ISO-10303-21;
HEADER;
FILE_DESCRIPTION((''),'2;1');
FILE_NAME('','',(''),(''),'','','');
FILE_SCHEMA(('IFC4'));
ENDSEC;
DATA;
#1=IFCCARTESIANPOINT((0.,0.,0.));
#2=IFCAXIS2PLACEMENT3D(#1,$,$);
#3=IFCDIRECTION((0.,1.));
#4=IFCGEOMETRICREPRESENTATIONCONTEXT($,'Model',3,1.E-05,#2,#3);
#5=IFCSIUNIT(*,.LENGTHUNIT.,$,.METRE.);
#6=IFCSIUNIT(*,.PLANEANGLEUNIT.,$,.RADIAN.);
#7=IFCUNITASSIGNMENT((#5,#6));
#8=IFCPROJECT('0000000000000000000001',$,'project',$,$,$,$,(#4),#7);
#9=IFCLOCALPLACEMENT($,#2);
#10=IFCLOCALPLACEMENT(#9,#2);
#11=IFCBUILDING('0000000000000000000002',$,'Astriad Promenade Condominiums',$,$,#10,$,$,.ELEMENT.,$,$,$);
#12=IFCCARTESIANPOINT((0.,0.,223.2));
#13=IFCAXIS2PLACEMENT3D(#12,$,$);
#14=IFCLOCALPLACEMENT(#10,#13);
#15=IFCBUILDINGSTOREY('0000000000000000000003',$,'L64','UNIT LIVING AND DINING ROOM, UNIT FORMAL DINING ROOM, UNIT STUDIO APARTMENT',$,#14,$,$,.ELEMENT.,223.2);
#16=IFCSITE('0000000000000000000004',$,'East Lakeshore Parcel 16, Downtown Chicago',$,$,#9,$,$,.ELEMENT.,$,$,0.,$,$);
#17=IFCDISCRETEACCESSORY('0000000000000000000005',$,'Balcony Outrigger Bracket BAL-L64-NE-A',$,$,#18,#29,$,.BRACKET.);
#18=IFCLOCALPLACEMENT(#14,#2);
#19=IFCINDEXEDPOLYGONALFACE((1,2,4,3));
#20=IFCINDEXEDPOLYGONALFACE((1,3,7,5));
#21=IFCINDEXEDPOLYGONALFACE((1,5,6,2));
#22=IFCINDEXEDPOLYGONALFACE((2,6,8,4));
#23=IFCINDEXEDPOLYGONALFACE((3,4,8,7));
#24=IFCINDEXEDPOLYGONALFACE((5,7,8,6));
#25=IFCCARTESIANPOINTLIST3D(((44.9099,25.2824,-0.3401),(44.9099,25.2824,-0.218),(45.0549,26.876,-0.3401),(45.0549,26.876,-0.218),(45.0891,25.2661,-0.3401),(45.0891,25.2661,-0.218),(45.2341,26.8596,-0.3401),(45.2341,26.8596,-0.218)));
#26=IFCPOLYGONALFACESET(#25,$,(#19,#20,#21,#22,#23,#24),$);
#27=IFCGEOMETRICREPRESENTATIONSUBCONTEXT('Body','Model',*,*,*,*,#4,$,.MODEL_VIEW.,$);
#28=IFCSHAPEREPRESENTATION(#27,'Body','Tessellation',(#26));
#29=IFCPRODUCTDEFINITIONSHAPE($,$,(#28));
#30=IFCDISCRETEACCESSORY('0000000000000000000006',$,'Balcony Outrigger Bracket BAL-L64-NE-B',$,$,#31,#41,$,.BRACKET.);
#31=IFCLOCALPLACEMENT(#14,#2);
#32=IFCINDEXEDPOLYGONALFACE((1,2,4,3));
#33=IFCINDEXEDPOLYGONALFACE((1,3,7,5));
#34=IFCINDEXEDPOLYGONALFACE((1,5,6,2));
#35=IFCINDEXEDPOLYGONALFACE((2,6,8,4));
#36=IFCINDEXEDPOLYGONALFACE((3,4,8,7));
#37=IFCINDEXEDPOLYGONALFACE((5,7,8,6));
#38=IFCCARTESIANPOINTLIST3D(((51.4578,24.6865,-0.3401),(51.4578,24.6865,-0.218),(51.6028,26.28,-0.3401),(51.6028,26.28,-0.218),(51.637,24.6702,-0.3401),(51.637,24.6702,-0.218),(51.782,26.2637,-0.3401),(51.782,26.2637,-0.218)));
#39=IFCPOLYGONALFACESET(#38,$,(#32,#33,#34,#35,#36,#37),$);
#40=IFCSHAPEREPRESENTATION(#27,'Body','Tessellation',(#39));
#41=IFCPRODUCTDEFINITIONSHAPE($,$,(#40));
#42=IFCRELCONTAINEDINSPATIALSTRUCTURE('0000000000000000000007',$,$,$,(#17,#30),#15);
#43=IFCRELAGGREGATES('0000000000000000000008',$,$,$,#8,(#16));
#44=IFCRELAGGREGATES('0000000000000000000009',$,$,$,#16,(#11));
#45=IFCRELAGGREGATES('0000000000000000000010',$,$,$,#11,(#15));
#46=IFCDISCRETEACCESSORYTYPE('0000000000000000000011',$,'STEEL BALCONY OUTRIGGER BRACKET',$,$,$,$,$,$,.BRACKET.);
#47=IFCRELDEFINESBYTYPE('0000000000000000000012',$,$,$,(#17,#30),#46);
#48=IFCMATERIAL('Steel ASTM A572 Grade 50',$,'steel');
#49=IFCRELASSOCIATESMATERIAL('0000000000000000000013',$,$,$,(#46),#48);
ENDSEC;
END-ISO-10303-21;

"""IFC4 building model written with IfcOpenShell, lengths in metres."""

from ifc_helpers import new_model, si_unit, direction, frame, origin, origin_2d, place, context, subcontext, project, spatial, rectangle, extrude, source, transform, mapped, material, type_object, type_shapes, element, save


model = new_model("IFC4")

# Units and contexts
model_context = context("Model", 3, precision=1e-05, world=origin(), true_north=direction((0.0, 1.0)))
body_context = subcontext(model_context, "Body", "Model", "MODEL_VIEW")
ifc_project = project(units=[si_unit("LENGTHUNIT", "METRE"), si_unit("PLANEANGLEUNIT", "RADIAN")], contexts=[model_context])

# Site, building, storey
site_placement = place(None, origin())
site = spatial("IfcSite", under=ifc_project, at=site_placement, Name="East Lakeshore Parcel 16, Downtown Chicago", CompositionType="ELEMENT", RefElevation=0.0)
building_placement = place(site_placement, origin())
building = spatial("IfcBuilding", under=site, at=building_placement, Name="Astriad Promenade Condominiums", CompositionType="ELEMENT")
storey_placement = place(building_placement, frame((0.0, 0.0, 223.2)))
storey = spatial("IfcBuildingStorey", under=building, at=storey_placement, Name="L64", Description="UNIT LIVING AND DINING ROOM, UNIT FORMAL DINING ROOM, UNIT STUDIO APARTMENT", CompositionType="ELEMENT", Elevation=223.2)

# Discrete accessories
ifc_material_1 = material(Name="Steel ASTM A572 Grade 50", Category="steel")
discrete_accessory_type = type_object("IfcDiscreteAccessoryType", Name="STEEL BALCONY OUTRIGGER BRACKET", PredefinedType="BRACKET", material=ifc_material_1)
shared_shape_1 = source(origin(), body_context, "Body", "SweptSolid", [
    extrude(rectangle(XDim=1.6001, YDim=0.1799, at=origin_2d()), origin(), (0.0, 0.0, 1.0), 0.1221),
])
type_shapes(discrete_accessory_type, [shared_shape_1])
for number, where, z_axis, x_axis, name in (
    (1, (45.072, 26.071, -0.3401), (0.0, 0.0, 1.0), (0.090633, 0.995884, 0.0), "Balcony Outrigger Bracket BAL-L64-NE-A"),
    (2, (51.6199, 25.4751, -0.3401), (0.0, 0.0, 1.0), (0.090633, 0.995884, 0.0), "Balcony Outrigger Bracket BAL-L64-NE-B"),
):
    element("IfcDiscreteAccessory", number, at=place(storey_placement, frame(where, z_axis=z_axis, x_axis=x_axis)), inside=storey, type_object=discrete_accessory_type, Name=name, PredefinedType="BRACKET", context=body_context, shape_type="MappedRepresentation", body=[
        mapped(shared_shape_1, transform((0.0, 0.0, 0.0), scale=1.0)),
    ])

save(model, "model.ifc")
